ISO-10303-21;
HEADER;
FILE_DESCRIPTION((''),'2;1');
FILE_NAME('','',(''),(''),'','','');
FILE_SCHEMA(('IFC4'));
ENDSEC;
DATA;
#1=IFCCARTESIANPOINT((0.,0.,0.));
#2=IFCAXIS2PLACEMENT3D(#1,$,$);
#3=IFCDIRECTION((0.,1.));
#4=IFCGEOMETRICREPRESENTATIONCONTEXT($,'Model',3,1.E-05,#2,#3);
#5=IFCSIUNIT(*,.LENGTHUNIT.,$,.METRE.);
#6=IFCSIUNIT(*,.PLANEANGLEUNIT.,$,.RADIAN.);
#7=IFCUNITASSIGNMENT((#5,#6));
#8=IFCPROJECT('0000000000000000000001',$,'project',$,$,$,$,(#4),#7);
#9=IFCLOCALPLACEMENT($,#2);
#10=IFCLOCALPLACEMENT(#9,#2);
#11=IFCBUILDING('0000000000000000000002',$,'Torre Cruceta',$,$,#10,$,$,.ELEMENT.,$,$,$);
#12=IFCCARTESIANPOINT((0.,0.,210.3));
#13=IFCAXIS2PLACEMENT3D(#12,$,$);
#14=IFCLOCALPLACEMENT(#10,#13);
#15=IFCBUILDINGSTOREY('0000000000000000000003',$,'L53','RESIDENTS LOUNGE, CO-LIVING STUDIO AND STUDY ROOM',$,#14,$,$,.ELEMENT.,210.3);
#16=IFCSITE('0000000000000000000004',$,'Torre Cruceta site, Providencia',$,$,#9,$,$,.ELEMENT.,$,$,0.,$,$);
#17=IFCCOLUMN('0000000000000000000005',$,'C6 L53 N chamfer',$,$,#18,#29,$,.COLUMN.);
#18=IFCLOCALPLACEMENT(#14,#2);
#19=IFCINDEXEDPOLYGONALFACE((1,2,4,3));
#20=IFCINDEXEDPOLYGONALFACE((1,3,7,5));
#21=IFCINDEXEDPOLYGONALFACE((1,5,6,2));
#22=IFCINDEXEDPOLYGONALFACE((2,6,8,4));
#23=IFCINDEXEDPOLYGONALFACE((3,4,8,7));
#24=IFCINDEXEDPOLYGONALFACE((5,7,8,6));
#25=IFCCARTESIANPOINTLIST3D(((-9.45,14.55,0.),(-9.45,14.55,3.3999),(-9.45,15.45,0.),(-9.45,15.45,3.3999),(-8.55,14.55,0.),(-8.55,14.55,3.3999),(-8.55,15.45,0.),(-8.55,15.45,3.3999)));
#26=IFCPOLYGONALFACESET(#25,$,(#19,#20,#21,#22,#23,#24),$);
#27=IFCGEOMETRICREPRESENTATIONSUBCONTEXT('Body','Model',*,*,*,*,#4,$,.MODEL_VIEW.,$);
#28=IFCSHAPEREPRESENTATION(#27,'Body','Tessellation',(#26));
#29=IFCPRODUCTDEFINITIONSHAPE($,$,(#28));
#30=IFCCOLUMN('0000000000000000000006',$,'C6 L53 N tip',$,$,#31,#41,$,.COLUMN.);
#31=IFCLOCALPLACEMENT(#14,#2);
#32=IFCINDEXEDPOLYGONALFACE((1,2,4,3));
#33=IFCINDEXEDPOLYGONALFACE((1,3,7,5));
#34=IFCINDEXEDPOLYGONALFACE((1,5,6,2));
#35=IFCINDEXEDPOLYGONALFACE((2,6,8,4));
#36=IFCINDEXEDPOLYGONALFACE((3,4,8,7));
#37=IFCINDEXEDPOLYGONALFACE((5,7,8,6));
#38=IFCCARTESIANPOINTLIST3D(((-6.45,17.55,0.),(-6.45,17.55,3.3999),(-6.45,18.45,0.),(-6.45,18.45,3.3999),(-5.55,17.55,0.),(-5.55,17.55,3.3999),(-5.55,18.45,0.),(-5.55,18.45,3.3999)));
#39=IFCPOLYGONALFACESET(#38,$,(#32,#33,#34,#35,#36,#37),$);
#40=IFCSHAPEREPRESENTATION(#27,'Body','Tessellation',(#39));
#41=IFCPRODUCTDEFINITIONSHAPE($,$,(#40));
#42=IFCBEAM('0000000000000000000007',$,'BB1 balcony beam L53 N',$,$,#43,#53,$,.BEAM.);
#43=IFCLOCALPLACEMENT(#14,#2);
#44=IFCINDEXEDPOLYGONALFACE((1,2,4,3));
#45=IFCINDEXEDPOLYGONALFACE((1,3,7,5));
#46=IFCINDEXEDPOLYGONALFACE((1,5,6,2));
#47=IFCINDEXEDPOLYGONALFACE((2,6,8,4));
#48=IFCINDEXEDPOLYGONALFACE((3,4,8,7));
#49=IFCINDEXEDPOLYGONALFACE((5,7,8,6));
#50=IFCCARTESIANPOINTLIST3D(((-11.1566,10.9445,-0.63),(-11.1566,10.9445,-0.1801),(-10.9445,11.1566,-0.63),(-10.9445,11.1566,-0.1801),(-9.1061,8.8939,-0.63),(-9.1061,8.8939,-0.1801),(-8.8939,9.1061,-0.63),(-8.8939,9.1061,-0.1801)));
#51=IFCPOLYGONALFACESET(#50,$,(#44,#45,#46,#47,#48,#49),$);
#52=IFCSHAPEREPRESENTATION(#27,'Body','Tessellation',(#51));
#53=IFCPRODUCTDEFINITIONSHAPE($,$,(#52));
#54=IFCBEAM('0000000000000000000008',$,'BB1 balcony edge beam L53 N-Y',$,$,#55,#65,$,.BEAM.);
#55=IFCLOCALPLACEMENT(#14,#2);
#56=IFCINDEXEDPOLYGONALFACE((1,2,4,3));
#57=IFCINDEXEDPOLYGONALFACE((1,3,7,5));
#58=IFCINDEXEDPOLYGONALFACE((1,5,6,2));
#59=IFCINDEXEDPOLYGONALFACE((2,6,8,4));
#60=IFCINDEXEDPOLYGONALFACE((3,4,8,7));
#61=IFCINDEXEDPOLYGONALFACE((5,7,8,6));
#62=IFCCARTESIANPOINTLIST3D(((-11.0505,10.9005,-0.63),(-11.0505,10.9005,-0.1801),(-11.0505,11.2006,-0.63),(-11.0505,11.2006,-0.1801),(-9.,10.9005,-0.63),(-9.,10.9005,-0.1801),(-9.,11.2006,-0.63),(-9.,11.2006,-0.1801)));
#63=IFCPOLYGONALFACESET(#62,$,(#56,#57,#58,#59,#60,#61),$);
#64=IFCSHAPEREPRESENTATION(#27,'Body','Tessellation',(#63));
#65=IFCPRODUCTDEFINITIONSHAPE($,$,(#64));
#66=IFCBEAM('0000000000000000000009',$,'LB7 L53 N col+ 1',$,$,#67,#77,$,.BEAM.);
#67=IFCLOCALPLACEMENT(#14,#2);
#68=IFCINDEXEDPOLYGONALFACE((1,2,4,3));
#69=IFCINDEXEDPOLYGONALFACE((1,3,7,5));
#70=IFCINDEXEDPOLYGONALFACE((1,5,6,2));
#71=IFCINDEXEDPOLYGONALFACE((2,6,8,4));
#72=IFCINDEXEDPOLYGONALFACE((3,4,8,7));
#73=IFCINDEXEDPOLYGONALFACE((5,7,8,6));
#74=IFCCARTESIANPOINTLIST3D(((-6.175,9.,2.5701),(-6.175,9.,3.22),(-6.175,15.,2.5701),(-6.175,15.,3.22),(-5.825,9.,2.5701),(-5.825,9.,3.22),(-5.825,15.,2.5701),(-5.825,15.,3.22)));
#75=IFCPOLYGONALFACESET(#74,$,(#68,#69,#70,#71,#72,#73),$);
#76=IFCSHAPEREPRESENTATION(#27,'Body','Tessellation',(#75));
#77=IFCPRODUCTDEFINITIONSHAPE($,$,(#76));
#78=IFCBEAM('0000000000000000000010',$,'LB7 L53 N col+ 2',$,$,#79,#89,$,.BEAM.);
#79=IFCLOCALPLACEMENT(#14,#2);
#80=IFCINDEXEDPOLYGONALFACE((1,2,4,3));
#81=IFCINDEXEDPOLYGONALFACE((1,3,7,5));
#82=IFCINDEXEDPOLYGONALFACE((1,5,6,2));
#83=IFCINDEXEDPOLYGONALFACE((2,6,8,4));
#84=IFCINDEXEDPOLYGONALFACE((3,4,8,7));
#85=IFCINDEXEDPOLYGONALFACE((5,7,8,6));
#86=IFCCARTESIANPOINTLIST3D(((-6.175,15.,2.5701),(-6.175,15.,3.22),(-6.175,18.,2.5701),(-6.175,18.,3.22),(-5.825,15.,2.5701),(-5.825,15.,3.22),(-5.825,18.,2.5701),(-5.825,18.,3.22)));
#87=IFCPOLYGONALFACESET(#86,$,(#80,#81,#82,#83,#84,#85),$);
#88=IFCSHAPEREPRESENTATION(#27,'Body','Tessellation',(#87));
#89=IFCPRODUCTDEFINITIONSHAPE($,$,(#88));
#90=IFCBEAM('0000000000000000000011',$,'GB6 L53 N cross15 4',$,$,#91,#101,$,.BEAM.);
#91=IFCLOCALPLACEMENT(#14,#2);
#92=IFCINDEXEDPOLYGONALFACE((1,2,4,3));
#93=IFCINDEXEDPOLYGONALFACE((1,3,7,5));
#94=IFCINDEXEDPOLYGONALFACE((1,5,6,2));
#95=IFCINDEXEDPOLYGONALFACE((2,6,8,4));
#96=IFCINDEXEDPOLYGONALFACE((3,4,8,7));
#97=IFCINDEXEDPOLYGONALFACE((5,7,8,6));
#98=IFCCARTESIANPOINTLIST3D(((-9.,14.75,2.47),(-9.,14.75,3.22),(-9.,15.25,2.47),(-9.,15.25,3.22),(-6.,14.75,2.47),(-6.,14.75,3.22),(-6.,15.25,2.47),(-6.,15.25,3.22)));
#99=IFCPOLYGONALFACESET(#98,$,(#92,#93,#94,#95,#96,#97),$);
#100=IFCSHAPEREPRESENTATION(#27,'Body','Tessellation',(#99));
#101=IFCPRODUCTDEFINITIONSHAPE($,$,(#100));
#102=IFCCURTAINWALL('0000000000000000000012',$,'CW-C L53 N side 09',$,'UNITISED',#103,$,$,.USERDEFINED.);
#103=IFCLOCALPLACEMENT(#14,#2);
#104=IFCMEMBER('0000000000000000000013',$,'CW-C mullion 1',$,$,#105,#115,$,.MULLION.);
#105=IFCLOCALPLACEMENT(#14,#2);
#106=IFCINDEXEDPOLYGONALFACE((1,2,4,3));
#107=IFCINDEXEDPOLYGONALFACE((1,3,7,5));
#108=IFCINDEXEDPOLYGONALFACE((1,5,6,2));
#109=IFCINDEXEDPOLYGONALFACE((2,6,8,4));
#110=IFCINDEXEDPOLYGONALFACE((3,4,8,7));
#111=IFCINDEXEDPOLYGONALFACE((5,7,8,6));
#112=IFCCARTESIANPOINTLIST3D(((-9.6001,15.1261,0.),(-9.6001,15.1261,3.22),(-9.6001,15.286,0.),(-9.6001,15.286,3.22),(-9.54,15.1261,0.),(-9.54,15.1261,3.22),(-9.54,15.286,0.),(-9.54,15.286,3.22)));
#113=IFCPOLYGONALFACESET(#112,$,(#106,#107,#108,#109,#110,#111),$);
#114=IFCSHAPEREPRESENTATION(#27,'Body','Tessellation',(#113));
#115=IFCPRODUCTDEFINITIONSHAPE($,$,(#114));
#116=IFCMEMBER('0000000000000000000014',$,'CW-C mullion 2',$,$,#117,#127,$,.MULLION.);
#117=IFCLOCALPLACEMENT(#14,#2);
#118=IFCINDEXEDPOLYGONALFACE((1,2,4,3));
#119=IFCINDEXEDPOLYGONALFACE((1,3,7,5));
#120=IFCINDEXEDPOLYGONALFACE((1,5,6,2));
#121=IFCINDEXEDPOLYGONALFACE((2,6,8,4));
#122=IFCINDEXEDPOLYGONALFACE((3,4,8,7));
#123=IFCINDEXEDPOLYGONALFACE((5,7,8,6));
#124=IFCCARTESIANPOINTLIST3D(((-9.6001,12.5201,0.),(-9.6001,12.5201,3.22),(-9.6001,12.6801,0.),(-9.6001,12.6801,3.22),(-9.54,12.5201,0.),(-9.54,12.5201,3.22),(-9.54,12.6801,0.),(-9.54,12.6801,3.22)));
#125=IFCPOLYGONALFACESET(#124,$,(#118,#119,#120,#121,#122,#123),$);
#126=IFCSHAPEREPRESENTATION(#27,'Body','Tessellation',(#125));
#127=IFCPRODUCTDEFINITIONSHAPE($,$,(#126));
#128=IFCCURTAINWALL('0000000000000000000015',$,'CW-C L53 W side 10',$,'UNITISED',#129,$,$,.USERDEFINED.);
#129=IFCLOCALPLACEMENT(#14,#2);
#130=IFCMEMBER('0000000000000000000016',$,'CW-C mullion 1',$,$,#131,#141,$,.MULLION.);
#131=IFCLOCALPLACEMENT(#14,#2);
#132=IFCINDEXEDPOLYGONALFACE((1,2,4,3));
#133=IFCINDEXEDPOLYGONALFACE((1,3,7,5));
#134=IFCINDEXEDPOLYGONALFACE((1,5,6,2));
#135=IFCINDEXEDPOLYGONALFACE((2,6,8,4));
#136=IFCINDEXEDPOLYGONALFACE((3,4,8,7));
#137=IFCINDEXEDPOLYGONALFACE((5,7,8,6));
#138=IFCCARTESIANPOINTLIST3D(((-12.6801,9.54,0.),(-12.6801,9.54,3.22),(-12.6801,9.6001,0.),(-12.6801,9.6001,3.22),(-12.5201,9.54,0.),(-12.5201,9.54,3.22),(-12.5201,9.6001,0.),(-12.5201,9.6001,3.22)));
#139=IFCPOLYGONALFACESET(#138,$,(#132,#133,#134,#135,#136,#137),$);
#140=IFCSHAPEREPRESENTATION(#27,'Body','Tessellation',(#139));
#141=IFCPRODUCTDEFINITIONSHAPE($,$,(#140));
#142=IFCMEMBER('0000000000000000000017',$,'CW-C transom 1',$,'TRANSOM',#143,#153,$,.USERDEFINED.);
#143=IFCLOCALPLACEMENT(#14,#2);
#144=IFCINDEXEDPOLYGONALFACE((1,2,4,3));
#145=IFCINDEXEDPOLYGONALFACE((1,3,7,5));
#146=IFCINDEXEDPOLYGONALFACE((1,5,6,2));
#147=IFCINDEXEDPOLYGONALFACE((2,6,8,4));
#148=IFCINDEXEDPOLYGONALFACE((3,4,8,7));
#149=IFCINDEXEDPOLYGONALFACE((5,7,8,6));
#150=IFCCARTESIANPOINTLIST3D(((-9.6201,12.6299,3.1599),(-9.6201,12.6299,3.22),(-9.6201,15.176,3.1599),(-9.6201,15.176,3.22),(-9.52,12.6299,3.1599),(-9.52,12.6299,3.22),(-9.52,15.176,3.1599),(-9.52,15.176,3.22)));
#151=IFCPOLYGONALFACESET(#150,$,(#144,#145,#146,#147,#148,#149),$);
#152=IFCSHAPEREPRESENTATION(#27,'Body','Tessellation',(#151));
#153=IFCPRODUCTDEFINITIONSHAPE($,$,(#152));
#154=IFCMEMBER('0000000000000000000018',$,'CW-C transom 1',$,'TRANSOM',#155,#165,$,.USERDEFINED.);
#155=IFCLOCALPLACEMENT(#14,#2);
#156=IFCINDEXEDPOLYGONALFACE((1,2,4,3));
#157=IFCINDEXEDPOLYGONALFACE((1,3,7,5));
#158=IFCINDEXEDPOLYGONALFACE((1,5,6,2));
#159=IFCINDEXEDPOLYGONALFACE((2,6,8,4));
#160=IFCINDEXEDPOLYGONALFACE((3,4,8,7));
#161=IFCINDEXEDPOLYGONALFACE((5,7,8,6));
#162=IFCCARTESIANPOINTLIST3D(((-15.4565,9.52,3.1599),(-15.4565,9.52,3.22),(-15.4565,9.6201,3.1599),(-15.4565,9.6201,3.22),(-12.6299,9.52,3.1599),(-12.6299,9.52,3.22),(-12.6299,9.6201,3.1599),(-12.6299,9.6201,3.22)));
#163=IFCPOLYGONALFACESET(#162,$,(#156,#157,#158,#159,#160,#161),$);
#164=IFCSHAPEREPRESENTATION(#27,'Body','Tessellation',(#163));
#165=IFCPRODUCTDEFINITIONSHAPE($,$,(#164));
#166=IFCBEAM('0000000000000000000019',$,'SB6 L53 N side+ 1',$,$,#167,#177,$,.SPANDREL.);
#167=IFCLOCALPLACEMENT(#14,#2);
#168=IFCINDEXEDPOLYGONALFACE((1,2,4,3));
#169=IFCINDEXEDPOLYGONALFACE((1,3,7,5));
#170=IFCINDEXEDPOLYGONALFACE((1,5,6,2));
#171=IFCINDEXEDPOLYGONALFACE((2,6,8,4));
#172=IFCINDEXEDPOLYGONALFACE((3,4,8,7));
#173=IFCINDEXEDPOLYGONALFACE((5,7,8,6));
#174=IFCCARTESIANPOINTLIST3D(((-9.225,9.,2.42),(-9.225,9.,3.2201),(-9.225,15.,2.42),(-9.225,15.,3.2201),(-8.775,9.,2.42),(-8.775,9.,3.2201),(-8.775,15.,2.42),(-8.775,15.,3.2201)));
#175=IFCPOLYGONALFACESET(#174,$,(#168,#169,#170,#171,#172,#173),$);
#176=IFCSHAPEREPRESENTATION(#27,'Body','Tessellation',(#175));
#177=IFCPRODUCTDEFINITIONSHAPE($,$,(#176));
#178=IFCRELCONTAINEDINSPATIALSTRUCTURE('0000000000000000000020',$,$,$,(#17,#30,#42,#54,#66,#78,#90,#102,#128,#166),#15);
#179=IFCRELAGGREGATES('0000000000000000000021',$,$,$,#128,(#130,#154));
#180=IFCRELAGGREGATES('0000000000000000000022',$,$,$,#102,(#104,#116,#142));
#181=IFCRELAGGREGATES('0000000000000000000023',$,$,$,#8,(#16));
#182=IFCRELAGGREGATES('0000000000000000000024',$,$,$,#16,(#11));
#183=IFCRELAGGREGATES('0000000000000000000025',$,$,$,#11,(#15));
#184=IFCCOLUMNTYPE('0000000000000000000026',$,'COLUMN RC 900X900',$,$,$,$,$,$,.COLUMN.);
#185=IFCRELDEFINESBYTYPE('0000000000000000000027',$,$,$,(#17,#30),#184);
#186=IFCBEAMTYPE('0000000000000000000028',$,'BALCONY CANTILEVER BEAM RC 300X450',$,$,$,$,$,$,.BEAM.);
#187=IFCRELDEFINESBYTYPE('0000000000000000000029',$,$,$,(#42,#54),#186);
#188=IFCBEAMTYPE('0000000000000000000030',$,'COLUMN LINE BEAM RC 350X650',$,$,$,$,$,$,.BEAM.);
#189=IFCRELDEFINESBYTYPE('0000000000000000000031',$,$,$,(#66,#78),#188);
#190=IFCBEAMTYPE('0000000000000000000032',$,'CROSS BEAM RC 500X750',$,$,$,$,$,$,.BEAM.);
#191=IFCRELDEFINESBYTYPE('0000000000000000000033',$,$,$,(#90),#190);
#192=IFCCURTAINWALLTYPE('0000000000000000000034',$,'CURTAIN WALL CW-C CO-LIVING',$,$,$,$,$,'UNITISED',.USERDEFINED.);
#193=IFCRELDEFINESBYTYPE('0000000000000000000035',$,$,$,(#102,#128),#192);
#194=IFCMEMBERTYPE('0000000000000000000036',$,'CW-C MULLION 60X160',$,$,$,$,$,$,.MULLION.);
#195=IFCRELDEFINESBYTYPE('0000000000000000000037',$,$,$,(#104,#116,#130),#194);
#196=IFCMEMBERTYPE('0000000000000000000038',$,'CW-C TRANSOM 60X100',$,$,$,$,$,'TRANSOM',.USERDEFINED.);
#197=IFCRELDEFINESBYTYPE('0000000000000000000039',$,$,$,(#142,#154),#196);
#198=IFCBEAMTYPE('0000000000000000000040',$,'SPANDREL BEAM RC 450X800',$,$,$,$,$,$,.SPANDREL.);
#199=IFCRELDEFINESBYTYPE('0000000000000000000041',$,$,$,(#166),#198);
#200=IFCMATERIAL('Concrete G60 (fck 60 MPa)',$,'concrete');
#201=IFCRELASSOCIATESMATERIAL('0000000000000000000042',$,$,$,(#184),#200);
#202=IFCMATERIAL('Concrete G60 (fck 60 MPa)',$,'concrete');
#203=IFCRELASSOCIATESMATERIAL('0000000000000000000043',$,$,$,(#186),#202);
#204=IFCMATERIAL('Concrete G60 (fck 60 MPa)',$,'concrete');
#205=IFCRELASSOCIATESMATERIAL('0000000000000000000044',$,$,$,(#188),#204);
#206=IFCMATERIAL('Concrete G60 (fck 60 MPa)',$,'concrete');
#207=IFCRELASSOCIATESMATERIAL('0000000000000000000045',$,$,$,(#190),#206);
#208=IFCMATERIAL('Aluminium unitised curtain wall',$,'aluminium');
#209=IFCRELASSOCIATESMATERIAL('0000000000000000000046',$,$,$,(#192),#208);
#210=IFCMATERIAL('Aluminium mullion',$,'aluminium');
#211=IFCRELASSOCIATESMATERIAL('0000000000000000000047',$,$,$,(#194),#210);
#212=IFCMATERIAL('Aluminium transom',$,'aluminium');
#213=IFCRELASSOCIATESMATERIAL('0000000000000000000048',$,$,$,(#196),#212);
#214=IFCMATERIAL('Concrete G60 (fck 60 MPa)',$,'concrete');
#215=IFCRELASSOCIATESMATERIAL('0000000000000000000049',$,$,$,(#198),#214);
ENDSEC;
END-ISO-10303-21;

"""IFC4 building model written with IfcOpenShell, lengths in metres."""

from ifc_helpers import new_model, si_unit, direction, frame, origin, origin_2d, place, context, subcontext, project, spatial, rectangle, extrude, material, material_profile, profile_set, type_object, element, aggregate, save


model = new_model("IFC4")

# Units and contexts
model_context = context("Model", 3, precision=1e-05, world=origin(), true_north=direction((0.0, 1.0)))
body_context = subcontext(model_context, "Body", "Model", "MODEL_VIEW")
ifc_project = project(units=[si_unit("LENGTHUNIT", "METRE"), si_unit("PLANEANGLEUNIT", "RADIAN")], contexts=[model_context])

# Site, building, storey
site_placement = place(None, origin())
site = spatial("IfcSite", under=ifc_project, at=site_placement, Name="Torre Cruceta site, Providencia", CompositionType="ELEMENT", RefElevation=0.0)
building_placement = place(site_placement, origin())
building = spatial("IfcBuilding", under=site, at=building_placement, Name="Torre Cruceta", CompositionType="ELEMENT")
storey_placement = place(building_placement, frame((0.0, 0.0, 210.3)))
storey = spatial("IfcBuildingStorey", under=building, at=storey_placement, Name="L53", Description="RESIDENTS LOUNGE, CO-LIVING STUDIO AND STUDY ROOM", CompositionType="ELEMENT", Elevation=210.3)

# Columns
ifc_material_1 = material(Name="Concrete G60 (fck 60 MPa)", Category="concrete")
ifc_material_profile_1 = material_profile(ifc_material_1, rectangle(XDim=0.8999, YDim=0.8999, at=origin_2d()), Name="RC 900X900")
ifc_profile_set_1 = profile_set([ifc_material_profile_1], Name="Concrete G60 (fck 60 MPa)")
column_type = type_object("IfcColumnType", Name="COLUMN RC 900X900", PredefinedType="COLUMN", material=ifc_profile_set_1)
for number, where, z_axis, x_axis, name in (
    (1, (-9.0, 15.0, 0.0), (0.0, 0.0, 1.0), (1.0, 0.0, 0.0), "C6 L53 N chamfer"),
    (2, (-6.0, 18.0, 0.0), (0.0, 0.0, 1.0), (1.0, 0.0, 0.0), "C6 L53 N tip"),
):
    element("IfcColumn", number, at=place(storey_placement, frame(where, z_axis=z_axis, x_axis=x_axis)), inside=storey, type_object=column_type, Name=name, PredefinedType="COLUMN", context=body_context, shape_type="SweptSolid", body=[
        extrude(rectangle(XDim=0.8999, YDim=0.8999, at=origin_2d()), origin(), (0.0, 0.0, 1.0), 3.3999),
    ])

# Beams
ifc_material_2 = material(Name="Concrete G60 (fck 60 MPa)", Category="concrete")
ifc_material_profile_2 = material_profile(ifc_material_2, rectangle(XDim=0.3, YDim=0.45, at=origin_2d()), Name="RC 300X450")
ifc_profile_set_2 = profile_set([ifc_material_profile_2], Name="Concrete G60 (fck 60 MPa)")
beam_type_1 = type_object("IfcBeamType", Name="BALCONY CANTILEVER BEAM RC 300X450", PredefinedType="BEAM", material=ifc_profile_set_2)
beam_1_placement = place(storey_placement, frame((-9.0, 9.0, -0.405), z_axis=(-0.707107, 0.707107, 0.0), x_axis=(-0.707107, -0.707107, 0.0)))
element("IfcBeam", 3, at=beam_1_placement, inside=storey, type_object=beam_type_1, Name="BB1 balcony beam L53 N", PredefinedType="BEAM", context=body_context, shape_type="SweptSolid", body=[
    extrude(rectangle(XDim=0.3, YDim=0.45, at=origin_2d()), origin(), (0.0, 0.0, 1.0), 2.8999),
])
beam_2_placement = place(storey_placement, frame((-9.0, 11.0505, -0.405), z_axis=(-1.0, 0.0, 0.0), x_axis=(0.0, -1.0, 0.0)))
element("IfcBeam", 4, at=beam_2_placement, inside=storey, type_object=beam_type_1, Name="BB1 balcony edge beam L53 N-Y", PredefinedType="BEAM", context=body_context, shape_type="SweptSolid", body=[
    extrude(rectangle(XDim=0.3, YDim=0.45, at=origin_2d()), origin(), (0.0, 0.0, 1.0), 2.0505),
])
ifc_material_3 = material(Name="Concrete G60 (fck 60 MPa)", Category="concrete")
ifc_material_profile_3 = material_profile(ifc_material_3, rectangle(XDim=0.3501, YDim=0.6499, at=origin_2d()), Name="RC 350X650")
ifc_profile_set_3 = profile_set([ifc_material_profile_3], Name="Concrete G60 (fck 60 MPa)")
beam_type_2 = type_object("IfcBeamType", Name="COLUMN LINE BEAM RC 350X650", PredefinedType="BEAM", material=ifc_profile_set_3)
beam_3_placement = place(storey_placement, frame((-6.0, 9.0, 2.895), z_axis=(0.0, 1.0, 0.0), x_axis=(-1.0, 0.0, 0.0)))
element("IfcBeam", 5, at=beam_3_placement, inside=storey, type_object=beam_type_2, Name="LB7 L53 N col+ 1", PredefinedType="BEAM", context=body_context, shape_type="SweptSolid", body=[
    extrude(rectangle(XDim=0.3501, YDim=0.6499, at=origin_2d()), origin(), (0.0, 0.0, 1.0), 6.0),
])
beam_4_placement = place(storey_placement, frame((-6.0, 15.0, 2.895), z_axis=(0.0, 1.0, 0.0), x_axis=(-1.0, 0.0, 0.0)))
element("IfcBeam", 6, at=beam_4_placement, inside=storey, type_object=beam_type_2, Name="LB7 L53 N col+ 2", PredefinedType="BEAM", context=body_context, shape_type="SweptSolid", body=[
    extrude(rectangle(XDim=0.3501, YDim=0.6499, at=origin_2d()), origin(), (0.0, 0.0, 1.0), 3.0),
])
ifc_material_4 = material(Name="Concrete G60 (fck 60 MPa)", Category="concrete")
ifc_material_profile_4 = material_profile(ifc_material_4, rectangle(XDim=0.5, YDim=0.75, at=origin_2d()), Name="RC 500X750")
ifc_profile_set_4 = profile_set([ifc_material_profile_4], Name="Concrete G60 (fck 60 MPa)")
beam_type_3 = type_object("IfcBeamType", Name="CROSS BEAM RC 500X750", PredefinedType="BEAM", material=ifc_profile_set_4)
beam_5_placement = place(storey_placement, frame((-6.0, 15.0, 2.845), z_axis=(-1.0, 0.0, 0.0), x_axis=(0.0, -1.0, 0.0)))
element("IfcBeam", 7, at=beam_5_placement, inside=storey, type_object=beam_type_3, Name="GB6 L53 N cross15 4", PredefinedType="BEAM", context=body_context, shape_type="SweptSolid", body=[
    extrude(rectangle(XDim=0.5, YDim=0.75, at=origin_2d()), origin(), (0.0, 0.0, 1.0), 3.0),
])

# Curtain wall, members
ifc_material_5 = material(Name="Aluminium unitised curtain wall", Category="aluminium")
curtain_wall_type = type_object("IfcCurtainWallType", Name="CURTAIN WALL CW-C CO-LIVING", ElementType="UNITISED", PredefinedType="USERDEFINED", material=ifc_material_5)
curtain_wall_1_placement = place(storey_placement, origin())
curtain_wall_1 = element("IfcCurtainWall", 8, at=curtain_wall_1_placement, inside=storey, type_object=curtain_wall_type, Name="CW-C L53 N side 09", ObjectType="UNITISED", PredefinedType="USERDEFINED")
ifc_material_6 = material(Name="Aluminium mullion", Category="aluminium")
ifc_material_profile_5 = material_profile(ifc_material_6, rectangle(XDim=0.0601, YDim=0.1599, at=origin_2d()), Name="AL 60X160")
ifc_profile_set_5 = profile_set([ifc_material_profile_5], Name="Aluminium mullion")
member_type_1 = type_object("IfcMemberType", Name="CW-C MULLION 60X160", PredefinedType="MULLION", material=ifc_profile_set_5)
member_1_placement = place(storey_placement, frame((-9.5701, 15.2061, 0.0), z_axis=(0.0, 0.0, 1.0), x_axis=(1.0, 0.0, 0.0)))
member_1 = element("IfcMember", 9, at=member_1_placement, type_object=member_type_1, Name="CW-C mullion 1", PredefinedType="MULLION", context=body_context, shape_type="SweptSolid", body=[
    extrude(rectangle(XDim=0.0601, YDim=0.1599, at=origin_2d()), origin(), (0.0, 0.0, 1.0), 3.22),
])
member_2_placement = place(storey_placement, frame((-9.5701, 12.6001, 0.0), z_axis=(0.0, 0.0, 1.0), x_axis=(1.0, 0.0, 0.0)))
member_2 = element("IfcMember", 10, at=member_2_placement, type_object=member_type_1, Name="CW-C mullion 2", PredefinedType="MULLION", context=body_context, shape_type="SweptSolid", body=[
    extrude(rectangle(XDim=0.0601, YDim=0.1599, at=origin_2d()), origin(), (0.0, 0.0, 1.0), 3.22),
])

# Curtain wall, member
curtain_wall_2_placement = place(storey_placement, origin())
curtain_wall_2 = element("IfcCurtainWall", 11, at=curtain_wall_2_placement, inside=storey, type_object=curtain_wall_type, Name="CW-C L53 W side 10", ObjectType="UNITISED", PredefinedType="USERDEFINED")
member_3_placement = place(storey_placement, frame((-12.6001, 9.5701, 0.0), z_axis=(0.0, 0.0, 1.0), x_axis=(0.0, -1.0, 0.0)))
member_3 = element("IfcMember", 12, at=member_3_placement, type_object=member_type_1, Name="CW-C mullion 1", PredefinedType="MULLION", context=body_context, shape_type="SweptSolid", body=[
    extrude(rectangle(XDim=0.0601, YDim=0.1599, at=origin_2d()), origin(), (0.0, 0.0, 1.0), 3.22),
])

# Members
ifc_material_7 = material(Name="Aluminium transom", Category="aluminium")
ifc_material_profile_6 = material_profile(ifc_material_7, rectangle(XDim=0.1001, YDim=0.0601, at=origin_2d()), Name="AL 100X60")
ifc_profile_set_6 = profile_set([ifc_material_profile_6], Name="Aluminium transom")
member_type_2 = type_object("IfcMemberType", Name="CW-C TRANSOM 60X100", ElementType="TRANSOM", PredefinedType="USERDEFINED", material=ifc_profile_set_6)
member_4_placement = place(storey_placement, frame((-9.5701, 15.176, 3.1899), z_axis=(0.0, -1.0, 0.0), x_axis=(1.0, 0.0, 0.0)))
member_4 = element("IfcMember", 13, at=member_4_placement, type_object=member_type_2, Name="CW-C transom 1", ObjectType="TRANSOM", PredefinedType="USERDEFINED", context=body_context, shape_type="SweptSolid", body=[
    extrude(rectangle(XDim=0.1001, YDim=0.0601, at=origin_2d()), origin(), (0.0, 0.0, 1.0), 2.5461),
])
member_5_placement = place(storey_placement, frame((-12.6299, 9.5701, 3.1899), z_axis=(-1.0, 0.0, 0.0), x_axis=(0.0, -1.0, 0.0)))
member_5 = element("IfcMember", 14, at=member_5_placement, type_object=member_type_2, Name="CW-C transom 1", ObjectType="TRANSOM", PredefinedType="USERDEFINED", context=body_context, shape_type="SweptSolid", body=[
    extrude(rectangle(XDim=0.1001, YDim=0.0601, at=origin_2d()), origin(), (0.0, 0.0, 1.0), 2.8267),
])
aggregate(curtain_wall_2, [member_3, member_5])

# Beam
ifc_material_8 = material(Name="Concrete G60 (fck 60 MPa)", Category="concrete")
ifc_material_profile_7 = material_profile(ifc_material_8, rectangle(XDim=0.45, YDim=0.8, at=origin_2d()), Name="RC 450X800")
ifc_profile_set_7 = profile_set([ifc_material_profile_7], Name="Concrete G60 (fck 60 MPa)")
beam_type_4 = type_object("IfcBeamType", Name="SPANDREL BEAM RC 450X800", PredefinedType="SPANDREL", material=ifc_profile_set_7)
beam_6_placement = place(storey_placement, frame((-9.0, 9.0, 2.8201), z_axis=(0.0, 1.0, 0.0), x_axis=(-1.0, 0.0, 0.0)))
element("IfcBeam", 15, at=beam_6_placement, inside=storey, type_object=beam_type_4, Name="SB6 L53 N side+ 1", PredefinedType="SPANDREL", context=body_context, shape_type="SweptSolid", body=[
    extrude(rectangle(XDim=0.45, YDim=0.8, at=origin_2d()), origin(), (0.0, 0.0, 1.0), 6.0),
])

aggregate(curtain_wall_1, [member_1, member_2, member_4])

save(model, "model.ifc")
